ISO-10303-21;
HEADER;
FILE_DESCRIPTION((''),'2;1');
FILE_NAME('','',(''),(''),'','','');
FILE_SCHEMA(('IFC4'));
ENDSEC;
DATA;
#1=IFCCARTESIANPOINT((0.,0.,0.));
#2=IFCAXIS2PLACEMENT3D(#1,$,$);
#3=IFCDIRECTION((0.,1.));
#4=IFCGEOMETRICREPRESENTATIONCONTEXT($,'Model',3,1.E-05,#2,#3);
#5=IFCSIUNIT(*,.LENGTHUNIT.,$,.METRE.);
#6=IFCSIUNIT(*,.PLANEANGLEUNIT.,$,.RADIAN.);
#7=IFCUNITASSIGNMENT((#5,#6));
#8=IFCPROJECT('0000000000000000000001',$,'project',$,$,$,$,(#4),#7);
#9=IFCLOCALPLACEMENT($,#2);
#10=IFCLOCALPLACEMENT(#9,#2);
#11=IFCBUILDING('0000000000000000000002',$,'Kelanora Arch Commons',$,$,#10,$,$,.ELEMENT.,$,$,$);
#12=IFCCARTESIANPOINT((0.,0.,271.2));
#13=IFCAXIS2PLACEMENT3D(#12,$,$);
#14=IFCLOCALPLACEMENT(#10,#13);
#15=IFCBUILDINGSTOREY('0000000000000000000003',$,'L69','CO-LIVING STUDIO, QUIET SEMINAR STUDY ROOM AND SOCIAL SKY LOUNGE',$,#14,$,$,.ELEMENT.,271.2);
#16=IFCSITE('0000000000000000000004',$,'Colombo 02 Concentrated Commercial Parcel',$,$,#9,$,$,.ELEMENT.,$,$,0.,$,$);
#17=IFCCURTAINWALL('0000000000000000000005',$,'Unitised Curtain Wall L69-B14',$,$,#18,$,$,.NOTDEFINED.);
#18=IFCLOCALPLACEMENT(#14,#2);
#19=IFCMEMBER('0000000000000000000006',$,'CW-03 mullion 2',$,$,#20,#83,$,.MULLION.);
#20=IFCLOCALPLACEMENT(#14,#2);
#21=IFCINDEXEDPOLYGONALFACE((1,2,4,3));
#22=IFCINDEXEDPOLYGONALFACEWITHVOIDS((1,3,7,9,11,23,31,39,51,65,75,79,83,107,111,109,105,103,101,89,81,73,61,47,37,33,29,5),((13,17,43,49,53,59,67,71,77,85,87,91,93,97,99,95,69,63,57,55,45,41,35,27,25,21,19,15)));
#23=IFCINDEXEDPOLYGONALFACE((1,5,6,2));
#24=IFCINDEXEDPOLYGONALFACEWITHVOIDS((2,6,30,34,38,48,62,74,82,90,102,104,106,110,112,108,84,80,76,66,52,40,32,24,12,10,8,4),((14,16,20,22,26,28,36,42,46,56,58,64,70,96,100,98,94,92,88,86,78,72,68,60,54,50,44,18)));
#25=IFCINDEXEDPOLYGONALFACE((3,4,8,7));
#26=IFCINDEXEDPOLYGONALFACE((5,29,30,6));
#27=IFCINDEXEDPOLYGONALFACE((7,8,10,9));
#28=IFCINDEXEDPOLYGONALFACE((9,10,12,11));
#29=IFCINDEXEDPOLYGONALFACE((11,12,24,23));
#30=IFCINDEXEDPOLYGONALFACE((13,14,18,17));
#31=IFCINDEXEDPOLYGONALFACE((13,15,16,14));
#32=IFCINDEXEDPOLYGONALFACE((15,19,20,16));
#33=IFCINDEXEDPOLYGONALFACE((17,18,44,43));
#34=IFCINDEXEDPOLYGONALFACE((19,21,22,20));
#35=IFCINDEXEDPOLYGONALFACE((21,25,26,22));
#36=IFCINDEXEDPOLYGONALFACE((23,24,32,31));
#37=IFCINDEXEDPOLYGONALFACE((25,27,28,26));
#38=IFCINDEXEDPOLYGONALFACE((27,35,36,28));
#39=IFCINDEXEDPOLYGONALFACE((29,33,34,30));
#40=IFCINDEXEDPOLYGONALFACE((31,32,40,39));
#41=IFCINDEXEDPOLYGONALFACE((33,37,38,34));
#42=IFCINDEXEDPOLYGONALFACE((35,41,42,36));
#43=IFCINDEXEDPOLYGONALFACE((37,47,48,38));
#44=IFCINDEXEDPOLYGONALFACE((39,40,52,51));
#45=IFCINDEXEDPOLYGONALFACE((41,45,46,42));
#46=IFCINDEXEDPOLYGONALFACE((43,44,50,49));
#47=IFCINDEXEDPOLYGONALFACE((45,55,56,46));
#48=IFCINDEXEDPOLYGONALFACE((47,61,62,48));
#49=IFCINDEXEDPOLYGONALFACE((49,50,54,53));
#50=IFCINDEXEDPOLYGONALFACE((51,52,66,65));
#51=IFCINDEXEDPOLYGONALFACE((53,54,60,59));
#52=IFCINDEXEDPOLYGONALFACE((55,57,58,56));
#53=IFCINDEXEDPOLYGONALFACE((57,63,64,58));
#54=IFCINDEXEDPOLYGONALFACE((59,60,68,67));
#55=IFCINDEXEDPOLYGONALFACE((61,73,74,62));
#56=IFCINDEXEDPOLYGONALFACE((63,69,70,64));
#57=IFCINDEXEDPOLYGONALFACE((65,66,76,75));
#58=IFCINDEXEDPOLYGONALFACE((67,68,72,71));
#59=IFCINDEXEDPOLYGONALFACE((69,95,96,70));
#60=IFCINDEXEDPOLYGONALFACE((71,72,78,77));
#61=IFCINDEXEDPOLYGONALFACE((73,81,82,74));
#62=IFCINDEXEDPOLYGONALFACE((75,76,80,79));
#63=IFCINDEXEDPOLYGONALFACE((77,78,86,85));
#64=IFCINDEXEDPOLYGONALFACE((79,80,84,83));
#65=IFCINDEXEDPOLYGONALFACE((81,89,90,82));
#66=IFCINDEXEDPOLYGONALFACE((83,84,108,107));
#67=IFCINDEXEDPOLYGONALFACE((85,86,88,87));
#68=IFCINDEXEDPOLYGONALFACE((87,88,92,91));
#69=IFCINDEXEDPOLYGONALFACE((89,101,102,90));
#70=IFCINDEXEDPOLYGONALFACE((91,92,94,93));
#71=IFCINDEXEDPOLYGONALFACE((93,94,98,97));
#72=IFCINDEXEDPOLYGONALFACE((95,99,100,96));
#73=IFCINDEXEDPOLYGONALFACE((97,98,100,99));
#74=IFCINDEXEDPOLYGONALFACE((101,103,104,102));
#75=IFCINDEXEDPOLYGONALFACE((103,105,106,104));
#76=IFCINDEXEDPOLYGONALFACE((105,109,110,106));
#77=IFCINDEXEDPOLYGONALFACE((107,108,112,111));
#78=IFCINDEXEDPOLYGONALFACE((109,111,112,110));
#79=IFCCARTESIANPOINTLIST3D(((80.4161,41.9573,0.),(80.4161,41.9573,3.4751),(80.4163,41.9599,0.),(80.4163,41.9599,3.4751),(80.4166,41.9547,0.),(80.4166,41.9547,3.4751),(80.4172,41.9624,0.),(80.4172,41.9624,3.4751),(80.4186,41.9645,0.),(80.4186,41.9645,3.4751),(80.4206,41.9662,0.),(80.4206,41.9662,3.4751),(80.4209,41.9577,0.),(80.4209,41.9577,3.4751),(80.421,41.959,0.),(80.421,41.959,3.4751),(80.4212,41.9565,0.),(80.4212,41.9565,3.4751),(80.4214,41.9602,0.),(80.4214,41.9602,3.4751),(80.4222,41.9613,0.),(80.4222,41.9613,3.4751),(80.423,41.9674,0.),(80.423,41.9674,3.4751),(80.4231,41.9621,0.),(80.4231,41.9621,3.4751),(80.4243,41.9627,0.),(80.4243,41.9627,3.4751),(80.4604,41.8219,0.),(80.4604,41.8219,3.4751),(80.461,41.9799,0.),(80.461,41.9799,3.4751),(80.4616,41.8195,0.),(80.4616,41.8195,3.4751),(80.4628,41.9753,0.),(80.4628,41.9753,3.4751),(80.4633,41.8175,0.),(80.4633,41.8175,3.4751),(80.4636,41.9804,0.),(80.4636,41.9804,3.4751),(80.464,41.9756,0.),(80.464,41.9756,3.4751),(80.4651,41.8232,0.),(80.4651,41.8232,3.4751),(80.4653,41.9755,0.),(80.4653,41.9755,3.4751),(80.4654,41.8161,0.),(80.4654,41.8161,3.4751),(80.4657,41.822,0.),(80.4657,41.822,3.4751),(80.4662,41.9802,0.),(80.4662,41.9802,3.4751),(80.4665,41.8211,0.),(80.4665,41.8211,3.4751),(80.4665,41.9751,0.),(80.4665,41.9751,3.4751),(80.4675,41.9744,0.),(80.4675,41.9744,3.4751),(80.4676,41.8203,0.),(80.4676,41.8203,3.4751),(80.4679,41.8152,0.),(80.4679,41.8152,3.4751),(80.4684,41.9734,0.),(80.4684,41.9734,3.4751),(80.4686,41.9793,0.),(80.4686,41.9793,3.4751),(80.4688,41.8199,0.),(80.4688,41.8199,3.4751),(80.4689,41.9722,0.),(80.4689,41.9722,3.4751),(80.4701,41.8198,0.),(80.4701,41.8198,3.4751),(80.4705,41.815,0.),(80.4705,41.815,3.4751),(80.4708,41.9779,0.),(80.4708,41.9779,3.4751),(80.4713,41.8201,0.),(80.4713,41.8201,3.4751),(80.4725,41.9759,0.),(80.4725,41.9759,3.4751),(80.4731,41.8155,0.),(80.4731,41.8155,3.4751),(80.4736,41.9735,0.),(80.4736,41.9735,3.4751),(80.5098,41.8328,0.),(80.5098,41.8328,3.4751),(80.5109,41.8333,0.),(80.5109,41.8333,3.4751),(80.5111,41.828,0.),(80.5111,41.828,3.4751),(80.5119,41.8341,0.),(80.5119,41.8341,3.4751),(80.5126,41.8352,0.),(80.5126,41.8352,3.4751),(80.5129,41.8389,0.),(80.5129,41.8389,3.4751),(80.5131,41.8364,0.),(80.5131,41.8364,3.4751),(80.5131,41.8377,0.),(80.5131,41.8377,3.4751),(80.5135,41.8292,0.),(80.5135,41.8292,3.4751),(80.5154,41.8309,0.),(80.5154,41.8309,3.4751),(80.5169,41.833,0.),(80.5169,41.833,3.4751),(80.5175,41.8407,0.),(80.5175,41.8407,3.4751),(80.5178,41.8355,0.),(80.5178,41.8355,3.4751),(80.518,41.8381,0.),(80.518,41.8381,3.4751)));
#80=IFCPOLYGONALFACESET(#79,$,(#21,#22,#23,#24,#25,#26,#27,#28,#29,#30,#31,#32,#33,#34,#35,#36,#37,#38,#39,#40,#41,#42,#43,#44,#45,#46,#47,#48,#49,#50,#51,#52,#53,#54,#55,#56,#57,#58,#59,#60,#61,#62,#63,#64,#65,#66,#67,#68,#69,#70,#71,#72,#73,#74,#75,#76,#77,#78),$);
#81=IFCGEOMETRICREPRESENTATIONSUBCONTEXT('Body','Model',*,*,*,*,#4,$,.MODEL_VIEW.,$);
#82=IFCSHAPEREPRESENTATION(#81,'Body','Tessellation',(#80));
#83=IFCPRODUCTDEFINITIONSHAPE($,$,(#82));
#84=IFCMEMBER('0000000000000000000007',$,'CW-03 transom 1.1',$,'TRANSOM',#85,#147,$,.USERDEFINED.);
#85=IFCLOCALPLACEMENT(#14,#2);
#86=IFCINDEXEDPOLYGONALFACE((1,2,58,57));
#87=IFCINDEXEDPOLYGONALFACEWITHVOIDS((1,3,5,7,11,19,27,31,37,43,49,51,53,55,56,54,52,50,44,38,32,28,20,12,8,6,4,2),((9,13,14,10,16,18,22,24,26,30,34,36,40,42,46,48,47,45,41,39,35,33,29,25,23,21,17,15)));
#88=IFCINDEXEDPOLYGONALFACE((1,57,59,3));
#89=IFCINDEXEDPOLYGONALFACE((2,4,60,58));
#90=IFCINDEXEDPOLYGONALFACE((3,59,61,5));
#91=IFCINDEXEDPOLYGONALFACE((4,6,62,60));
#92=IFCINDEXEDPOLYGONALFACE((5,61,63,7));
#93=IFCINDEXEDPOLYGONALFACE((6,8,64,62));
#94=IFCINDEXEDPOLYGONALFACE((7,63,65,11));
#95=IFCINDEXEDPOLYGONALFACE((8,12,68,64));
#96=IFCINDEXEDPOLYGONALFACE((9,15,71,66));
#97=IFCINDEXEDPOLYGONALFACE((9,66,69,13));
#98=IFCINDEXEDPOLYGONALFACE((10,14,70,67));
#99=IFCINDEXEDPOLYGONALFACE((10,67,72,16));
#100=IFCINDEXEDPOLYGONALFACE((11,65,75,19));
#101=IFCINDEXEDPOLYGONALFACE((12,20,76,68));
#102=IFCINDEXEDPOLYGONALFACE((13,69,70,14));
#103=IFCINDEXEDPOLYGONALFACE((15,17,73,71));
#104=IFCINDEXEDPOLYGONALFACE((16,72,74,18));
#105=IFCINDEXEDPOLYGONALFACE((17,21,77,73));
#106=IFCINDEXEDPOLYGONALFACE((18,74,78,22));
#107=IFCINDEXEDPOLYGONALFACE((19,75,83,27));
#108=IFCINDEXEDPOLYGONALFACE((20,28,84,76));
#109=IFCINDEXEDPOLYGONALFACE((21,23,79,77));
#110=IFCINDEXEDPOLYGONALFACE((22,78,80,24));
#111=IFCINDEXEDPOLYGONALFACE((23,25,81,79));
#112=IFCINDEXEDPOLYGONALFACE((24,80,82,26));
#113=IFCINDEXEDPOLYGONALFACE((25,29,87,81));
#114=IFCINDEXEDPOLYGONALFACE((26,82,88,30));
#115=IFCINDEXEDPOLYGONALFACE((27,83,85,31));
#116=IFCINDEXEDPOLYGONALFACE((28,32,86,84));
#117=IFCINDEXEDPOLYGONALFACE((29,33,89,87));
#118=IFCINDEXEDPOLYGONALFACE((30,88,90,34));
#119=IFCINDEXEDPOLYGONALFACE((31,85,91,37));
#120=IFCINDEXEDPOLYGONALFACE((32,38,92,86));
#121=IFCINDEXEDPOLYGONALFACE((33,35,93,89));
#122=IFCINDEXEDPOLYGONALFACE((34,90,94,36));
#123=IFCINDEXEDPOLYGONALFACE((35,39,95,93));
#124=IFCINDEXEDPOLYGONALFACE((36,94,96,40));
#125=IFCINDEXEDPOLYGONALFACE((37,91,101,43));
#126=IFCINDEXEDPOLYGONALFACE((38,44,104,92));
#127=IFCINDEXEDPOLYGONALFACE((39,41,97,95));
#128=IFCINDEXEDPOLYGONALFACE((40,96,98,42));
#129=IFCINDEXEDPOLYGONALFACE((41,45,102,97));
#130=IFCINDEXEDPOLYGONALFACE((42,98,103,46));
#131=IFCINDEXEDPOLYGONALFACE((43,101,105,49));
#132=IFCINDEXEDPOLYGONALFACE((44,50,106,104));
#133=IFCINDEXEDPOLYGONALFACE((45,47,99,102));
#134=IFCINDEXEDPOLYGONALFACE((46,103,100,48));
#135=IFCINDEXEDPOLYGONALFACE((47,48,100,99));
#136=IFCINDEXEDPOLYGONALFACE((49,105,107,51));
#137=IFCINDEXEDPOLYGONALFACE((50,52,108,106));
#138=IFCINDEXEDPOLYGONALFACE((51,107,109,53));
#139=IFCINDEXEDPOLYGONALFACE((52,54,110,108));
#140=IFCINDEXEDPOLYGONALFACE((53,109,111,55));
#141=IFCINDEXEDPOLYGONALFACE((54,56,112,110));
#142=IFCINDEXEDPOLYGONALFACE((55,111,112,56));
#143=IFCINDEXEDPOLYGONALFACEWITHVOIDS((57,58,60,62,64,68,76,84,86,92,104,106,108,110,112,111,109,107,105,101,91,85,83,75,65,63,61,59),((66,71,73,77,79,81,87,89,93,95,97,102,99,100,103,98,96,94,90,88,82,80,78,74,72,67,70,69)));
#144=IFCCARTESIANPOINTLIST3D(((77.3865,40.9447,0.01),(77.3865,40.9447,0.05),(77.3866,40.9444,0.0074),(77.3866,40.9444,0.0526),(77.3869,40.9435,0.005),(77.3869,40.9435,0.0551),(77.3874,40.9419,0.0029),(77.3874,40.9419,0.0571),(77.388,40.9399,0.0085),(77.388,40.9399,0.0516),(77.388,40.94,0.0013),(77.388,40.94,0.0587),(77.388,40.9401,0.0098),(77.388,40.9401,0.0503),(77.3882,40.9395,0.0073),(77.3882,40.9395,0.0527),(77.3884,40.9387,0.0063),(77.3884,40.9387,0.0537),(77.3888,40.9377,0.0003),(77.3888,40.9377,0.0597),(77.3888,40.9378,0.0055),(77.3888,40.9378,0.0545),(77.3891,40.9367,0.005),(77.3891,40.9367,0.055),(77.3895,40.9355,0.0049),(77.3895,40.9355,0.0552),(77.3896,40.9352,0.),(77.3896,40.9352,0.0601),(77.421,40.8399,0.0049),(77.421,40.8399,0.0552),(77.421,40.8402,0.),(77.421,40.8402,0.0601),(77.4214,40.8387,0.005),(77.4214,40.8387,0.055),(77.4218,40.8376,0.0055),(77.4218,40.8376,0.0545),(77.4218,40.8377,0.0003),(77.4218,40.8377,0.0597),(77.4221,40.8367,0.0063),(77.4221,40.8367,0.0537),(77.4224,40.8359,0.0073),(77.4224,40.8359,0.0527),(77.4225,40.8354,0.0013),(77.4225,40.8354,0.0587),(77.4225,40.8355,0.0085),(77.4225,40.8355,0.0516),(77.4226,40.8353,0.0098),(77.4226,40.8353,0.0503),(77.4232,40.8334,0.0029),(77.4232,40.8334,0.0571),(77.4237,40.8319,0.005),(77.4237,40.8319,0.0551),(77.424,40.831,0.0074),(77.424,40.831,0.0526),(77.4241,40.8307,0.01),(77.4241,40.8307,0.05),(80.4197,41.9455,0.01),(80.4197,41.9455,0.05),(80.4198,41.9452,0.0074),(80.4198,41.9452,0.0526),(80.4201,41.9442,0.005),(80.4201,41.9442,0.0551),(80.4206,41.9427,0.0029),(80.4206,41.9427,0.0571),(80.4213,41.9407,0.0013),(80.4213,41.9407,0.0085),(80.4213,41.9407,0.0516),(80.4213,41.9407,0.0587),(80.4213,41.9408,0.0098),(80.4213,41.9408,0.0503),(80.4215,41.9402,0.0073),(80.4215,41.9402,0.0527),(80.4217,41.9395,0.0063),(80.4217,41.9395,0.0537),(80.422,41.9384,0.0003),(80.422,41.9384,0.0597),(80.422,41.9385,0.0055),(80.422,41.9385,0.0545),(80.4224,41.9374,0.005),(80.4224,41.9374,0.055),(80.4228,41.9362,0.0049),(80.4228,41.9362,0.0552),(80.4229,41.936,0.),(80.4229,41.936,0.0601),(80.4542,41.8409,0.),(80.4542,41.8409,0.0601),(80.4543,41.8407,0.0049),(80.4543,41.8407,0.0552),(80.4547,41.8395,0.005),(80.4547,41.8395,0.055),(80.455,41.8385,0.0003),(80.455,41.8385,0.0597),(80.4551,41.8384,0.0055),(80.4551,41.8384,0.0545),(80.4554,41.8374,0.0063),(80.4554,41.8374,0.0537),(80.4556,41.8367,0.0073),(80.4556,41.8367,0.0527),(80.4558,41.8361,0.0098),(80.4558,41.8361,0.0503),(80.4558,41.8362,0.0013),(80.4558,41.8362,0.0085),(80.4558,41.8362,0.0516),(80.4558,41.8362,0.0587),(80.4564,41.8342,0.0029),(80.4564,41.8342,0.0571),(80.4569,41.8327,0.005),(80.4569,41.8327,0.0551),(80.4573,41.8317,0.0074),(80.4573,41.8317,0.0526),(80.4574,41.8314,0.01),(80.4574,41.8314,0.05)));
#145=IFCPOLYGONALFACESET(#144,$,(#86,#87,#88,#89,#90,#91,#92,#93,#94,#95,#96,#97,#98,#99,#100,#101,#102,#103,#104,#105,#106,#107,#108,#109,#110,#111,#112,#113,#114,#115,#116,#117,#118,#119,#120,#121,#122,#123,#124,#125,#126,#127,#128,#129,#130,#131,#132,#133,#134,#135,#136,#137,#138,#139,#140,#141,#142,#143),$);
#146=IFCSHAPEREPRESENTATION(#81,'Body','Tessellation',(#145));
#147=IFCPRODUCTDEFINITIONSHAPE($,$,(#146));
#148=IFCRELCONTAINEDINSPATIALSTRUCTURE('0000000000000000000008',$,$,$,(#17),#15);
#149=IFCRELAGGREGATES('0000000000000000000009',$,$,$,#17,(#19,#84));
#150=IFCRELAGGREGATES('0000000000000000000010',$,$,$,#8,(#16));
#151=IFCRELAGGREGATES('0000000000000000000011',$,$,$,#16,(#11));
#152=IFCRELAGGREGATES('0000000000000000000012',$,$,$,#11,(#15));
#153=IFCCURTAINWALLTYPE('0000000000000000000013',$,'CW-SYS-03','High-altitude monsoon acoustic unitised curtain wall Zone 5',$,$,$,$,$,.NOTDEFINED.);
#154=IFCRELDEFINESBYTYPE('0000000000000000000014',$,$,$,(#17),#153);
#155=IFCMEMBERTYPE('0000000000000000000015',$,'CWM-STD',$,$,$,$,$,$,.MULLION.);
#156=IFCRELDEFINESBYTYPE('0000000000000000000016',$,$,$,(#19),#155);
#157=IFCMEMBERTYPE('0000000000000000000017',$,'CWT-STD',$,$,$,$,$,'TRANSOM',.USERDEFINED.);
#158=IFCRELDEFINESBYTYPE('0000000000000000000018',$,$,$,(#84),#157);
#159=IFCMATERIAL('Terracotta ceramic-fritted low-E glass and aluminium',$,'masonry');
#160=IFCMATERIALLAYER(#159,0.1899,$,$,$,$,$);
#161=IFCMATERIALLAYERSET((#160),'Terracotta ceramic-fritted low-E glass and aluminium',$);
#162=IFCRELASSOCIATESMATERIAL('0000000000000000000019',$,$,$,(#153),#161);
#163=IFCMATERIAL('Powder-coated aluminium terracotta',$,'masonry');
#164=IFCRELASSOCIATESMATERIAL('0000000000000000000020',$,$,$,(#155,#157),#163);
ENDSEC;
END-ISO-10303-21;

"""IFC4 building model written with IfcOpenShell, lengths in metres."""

from ifc_helpers import new_model, si_unit, direction, frame, origin, origin_2d, place, context, subcontext, project, spatial, hollow_rectangle, extrude, material, layer, layer_set, material_profile, profile_set, type_object, element, aggregate, save


model = new_model("IFC4")

# Units and contexts
model_context = context("Model", 3, precision=1e-05, world=origin(), true_north=direction((0.0, 1.0)))
body_context = subcontext(model_context, "Body", "Model", "MODEL_VIEW")
ifc_project = project(units=[si_unit("LENGTHUNIT", "METRE"), si_unit("PLANEANGLEUNIT", "RADIAN")], contexts=[model_context])

# Site, building, storey
site_placement = place(None, origin())
site = spatial("IfcSite", under=ifc_project, at=site_placement, Name="Colombo 02 Concentrated Commercial Parcel", CompositionType="ELEMENT", RefElevation=0.0)
building_placement = place(site_placement, origin())
building = spatial("IfcBuilding", under=site, at=building_placement, Name="Kelanora Arch Commons", CompositionType="ELEMENT")
storey_placement = place(building_placement, frame((0.0, 0.0, 271.2)))
storey = spatial("IfcBuildingStorey", under=building, at=storey_placement, Name="L69", Description="CO-LIVING STUDIO, QUIET SEMINAR STUDY ROOM AND SOCIAL SKY LOUNGE", CompositionType="ELEMENT", Elevation=271.2)

# Curtain wall, members
ifc_material_1 = material(Name="Terracotta ceramic-fritted low-E glass and aluminium", Category="masonry")
ifc_layer_1 = layer(ifc_material_1, 0.1899)
ifc_layer_set_1 = layer_set([ifc_layer_1], Name="Terracotta ceramic-fritted low-E glass and aluminium")
curtain_wall_type = type_object("IfcCurtainWallType", Name="CW-SYS-03", Description="High-altitude monsoon acoustic unitised curtain wall Zone 5", PredefinedType="NOTDEFINED", material=ifc_layer_set_1)
curtain_wall_placement = place(storey_placement, origin())
curtain_wall = element("IfcCurtainWall", 1, at=curtain_wall_placement, inside=storey, type_object=curtain_wall_type, Name="Unitised Curtain Wall L69-B14", PredefinedType="NOTDEFINED")
ifc_material_2 = material(Name="Powder-coated aluminium terracotta", Category="masonry")
ifc_material_profile_1 = material_profile(ifc_material_2, hollow_rectangle(XDim=0.1599, YDim=0.0601, WallThickness=0.0049, InnerFilletRadius=0.0049, OuterFilletRadius=0.01, at=origin_2d()), Name="CWM160x60")
ifc_profile_set_1 = profile_set([ifc_material_profile_1], Name="Powder-coated aluminium terracotta")
member_type_1 = type_object("IfcMemberType", Name="CWM-STD", PredefinedType="MULLION", material=ifc_profile_set_1)
member_1_placement = place(storey_placement, frame((80.467, 41.8977, 0.0), z_axis=(0.0, 0.0, 1.0), x_axis=(-0.313253, 0.94967, 0.0)))
member_1 = element("IfcMember", 2, at=member_1_placement, type_object=member_type_1, Name="CW-03 mullion 2", PredefinedType="MULLION", context=body_context, shape_type="SweptSolid", body=[
    extrude(hollow_rectangle(XDim=0.1599, YDim=0.0601, WallThickness=0.0049, InnerFilletRadius=0.0049, OuterFilletRadius=0.01, at=origin_2d()), origin(), (0.0, 0.0, 1.0), 3.4751),
])
ifc_material_profile_2 = material_profile(ifc_material_2, hollow_rectangle(XDim=0.1201, YDim=0.0601, WallThickness=0.0049, InnerFilletRadius=0.0049, OuterFilletRadius=0.01, at=origin_2d()), Name="CWT120x60")
ifc_profile_set_2 = profile_set([ifc_material_profile_2], Name="Powder-coated aluminium terracotta")
member_type_2 = type_object("IfcMemberType", Name="CWT-STD", ElementType="TRANSOM", PredefinedType="USERDEFINED", material=ifc_profile_set_2)
member_2_placement = place(storey_placement, frame((77.4053, 40.8877, 0.03), z_axis=(0.94965, 0.313314, 0.0), x_axis=(-0.313314, 0.94965, 0.0)))
member_2 = element("IfcMember", 3, at=member_2_placement, type_object=member_type_2, Name="CW-03 transom 1.1", ObjectType="TRANSOM", PredefinedType="USERDEFINED", context=body_context, shape_type="SweptSolid", body=[
    extrude(hollow_rectangle(XDim=0.1201, YDim=0.0601, WallThickness=0.0049, InnerFilletRadius=0.0049, OuterFilletRadius=0.01, at=origin_2d()), origin(), (0.0, 0.0, 1.0), 3.1941),
])
aggregate(curtain_wall, [member_1, member_2])

save(model, "model.ifc")
